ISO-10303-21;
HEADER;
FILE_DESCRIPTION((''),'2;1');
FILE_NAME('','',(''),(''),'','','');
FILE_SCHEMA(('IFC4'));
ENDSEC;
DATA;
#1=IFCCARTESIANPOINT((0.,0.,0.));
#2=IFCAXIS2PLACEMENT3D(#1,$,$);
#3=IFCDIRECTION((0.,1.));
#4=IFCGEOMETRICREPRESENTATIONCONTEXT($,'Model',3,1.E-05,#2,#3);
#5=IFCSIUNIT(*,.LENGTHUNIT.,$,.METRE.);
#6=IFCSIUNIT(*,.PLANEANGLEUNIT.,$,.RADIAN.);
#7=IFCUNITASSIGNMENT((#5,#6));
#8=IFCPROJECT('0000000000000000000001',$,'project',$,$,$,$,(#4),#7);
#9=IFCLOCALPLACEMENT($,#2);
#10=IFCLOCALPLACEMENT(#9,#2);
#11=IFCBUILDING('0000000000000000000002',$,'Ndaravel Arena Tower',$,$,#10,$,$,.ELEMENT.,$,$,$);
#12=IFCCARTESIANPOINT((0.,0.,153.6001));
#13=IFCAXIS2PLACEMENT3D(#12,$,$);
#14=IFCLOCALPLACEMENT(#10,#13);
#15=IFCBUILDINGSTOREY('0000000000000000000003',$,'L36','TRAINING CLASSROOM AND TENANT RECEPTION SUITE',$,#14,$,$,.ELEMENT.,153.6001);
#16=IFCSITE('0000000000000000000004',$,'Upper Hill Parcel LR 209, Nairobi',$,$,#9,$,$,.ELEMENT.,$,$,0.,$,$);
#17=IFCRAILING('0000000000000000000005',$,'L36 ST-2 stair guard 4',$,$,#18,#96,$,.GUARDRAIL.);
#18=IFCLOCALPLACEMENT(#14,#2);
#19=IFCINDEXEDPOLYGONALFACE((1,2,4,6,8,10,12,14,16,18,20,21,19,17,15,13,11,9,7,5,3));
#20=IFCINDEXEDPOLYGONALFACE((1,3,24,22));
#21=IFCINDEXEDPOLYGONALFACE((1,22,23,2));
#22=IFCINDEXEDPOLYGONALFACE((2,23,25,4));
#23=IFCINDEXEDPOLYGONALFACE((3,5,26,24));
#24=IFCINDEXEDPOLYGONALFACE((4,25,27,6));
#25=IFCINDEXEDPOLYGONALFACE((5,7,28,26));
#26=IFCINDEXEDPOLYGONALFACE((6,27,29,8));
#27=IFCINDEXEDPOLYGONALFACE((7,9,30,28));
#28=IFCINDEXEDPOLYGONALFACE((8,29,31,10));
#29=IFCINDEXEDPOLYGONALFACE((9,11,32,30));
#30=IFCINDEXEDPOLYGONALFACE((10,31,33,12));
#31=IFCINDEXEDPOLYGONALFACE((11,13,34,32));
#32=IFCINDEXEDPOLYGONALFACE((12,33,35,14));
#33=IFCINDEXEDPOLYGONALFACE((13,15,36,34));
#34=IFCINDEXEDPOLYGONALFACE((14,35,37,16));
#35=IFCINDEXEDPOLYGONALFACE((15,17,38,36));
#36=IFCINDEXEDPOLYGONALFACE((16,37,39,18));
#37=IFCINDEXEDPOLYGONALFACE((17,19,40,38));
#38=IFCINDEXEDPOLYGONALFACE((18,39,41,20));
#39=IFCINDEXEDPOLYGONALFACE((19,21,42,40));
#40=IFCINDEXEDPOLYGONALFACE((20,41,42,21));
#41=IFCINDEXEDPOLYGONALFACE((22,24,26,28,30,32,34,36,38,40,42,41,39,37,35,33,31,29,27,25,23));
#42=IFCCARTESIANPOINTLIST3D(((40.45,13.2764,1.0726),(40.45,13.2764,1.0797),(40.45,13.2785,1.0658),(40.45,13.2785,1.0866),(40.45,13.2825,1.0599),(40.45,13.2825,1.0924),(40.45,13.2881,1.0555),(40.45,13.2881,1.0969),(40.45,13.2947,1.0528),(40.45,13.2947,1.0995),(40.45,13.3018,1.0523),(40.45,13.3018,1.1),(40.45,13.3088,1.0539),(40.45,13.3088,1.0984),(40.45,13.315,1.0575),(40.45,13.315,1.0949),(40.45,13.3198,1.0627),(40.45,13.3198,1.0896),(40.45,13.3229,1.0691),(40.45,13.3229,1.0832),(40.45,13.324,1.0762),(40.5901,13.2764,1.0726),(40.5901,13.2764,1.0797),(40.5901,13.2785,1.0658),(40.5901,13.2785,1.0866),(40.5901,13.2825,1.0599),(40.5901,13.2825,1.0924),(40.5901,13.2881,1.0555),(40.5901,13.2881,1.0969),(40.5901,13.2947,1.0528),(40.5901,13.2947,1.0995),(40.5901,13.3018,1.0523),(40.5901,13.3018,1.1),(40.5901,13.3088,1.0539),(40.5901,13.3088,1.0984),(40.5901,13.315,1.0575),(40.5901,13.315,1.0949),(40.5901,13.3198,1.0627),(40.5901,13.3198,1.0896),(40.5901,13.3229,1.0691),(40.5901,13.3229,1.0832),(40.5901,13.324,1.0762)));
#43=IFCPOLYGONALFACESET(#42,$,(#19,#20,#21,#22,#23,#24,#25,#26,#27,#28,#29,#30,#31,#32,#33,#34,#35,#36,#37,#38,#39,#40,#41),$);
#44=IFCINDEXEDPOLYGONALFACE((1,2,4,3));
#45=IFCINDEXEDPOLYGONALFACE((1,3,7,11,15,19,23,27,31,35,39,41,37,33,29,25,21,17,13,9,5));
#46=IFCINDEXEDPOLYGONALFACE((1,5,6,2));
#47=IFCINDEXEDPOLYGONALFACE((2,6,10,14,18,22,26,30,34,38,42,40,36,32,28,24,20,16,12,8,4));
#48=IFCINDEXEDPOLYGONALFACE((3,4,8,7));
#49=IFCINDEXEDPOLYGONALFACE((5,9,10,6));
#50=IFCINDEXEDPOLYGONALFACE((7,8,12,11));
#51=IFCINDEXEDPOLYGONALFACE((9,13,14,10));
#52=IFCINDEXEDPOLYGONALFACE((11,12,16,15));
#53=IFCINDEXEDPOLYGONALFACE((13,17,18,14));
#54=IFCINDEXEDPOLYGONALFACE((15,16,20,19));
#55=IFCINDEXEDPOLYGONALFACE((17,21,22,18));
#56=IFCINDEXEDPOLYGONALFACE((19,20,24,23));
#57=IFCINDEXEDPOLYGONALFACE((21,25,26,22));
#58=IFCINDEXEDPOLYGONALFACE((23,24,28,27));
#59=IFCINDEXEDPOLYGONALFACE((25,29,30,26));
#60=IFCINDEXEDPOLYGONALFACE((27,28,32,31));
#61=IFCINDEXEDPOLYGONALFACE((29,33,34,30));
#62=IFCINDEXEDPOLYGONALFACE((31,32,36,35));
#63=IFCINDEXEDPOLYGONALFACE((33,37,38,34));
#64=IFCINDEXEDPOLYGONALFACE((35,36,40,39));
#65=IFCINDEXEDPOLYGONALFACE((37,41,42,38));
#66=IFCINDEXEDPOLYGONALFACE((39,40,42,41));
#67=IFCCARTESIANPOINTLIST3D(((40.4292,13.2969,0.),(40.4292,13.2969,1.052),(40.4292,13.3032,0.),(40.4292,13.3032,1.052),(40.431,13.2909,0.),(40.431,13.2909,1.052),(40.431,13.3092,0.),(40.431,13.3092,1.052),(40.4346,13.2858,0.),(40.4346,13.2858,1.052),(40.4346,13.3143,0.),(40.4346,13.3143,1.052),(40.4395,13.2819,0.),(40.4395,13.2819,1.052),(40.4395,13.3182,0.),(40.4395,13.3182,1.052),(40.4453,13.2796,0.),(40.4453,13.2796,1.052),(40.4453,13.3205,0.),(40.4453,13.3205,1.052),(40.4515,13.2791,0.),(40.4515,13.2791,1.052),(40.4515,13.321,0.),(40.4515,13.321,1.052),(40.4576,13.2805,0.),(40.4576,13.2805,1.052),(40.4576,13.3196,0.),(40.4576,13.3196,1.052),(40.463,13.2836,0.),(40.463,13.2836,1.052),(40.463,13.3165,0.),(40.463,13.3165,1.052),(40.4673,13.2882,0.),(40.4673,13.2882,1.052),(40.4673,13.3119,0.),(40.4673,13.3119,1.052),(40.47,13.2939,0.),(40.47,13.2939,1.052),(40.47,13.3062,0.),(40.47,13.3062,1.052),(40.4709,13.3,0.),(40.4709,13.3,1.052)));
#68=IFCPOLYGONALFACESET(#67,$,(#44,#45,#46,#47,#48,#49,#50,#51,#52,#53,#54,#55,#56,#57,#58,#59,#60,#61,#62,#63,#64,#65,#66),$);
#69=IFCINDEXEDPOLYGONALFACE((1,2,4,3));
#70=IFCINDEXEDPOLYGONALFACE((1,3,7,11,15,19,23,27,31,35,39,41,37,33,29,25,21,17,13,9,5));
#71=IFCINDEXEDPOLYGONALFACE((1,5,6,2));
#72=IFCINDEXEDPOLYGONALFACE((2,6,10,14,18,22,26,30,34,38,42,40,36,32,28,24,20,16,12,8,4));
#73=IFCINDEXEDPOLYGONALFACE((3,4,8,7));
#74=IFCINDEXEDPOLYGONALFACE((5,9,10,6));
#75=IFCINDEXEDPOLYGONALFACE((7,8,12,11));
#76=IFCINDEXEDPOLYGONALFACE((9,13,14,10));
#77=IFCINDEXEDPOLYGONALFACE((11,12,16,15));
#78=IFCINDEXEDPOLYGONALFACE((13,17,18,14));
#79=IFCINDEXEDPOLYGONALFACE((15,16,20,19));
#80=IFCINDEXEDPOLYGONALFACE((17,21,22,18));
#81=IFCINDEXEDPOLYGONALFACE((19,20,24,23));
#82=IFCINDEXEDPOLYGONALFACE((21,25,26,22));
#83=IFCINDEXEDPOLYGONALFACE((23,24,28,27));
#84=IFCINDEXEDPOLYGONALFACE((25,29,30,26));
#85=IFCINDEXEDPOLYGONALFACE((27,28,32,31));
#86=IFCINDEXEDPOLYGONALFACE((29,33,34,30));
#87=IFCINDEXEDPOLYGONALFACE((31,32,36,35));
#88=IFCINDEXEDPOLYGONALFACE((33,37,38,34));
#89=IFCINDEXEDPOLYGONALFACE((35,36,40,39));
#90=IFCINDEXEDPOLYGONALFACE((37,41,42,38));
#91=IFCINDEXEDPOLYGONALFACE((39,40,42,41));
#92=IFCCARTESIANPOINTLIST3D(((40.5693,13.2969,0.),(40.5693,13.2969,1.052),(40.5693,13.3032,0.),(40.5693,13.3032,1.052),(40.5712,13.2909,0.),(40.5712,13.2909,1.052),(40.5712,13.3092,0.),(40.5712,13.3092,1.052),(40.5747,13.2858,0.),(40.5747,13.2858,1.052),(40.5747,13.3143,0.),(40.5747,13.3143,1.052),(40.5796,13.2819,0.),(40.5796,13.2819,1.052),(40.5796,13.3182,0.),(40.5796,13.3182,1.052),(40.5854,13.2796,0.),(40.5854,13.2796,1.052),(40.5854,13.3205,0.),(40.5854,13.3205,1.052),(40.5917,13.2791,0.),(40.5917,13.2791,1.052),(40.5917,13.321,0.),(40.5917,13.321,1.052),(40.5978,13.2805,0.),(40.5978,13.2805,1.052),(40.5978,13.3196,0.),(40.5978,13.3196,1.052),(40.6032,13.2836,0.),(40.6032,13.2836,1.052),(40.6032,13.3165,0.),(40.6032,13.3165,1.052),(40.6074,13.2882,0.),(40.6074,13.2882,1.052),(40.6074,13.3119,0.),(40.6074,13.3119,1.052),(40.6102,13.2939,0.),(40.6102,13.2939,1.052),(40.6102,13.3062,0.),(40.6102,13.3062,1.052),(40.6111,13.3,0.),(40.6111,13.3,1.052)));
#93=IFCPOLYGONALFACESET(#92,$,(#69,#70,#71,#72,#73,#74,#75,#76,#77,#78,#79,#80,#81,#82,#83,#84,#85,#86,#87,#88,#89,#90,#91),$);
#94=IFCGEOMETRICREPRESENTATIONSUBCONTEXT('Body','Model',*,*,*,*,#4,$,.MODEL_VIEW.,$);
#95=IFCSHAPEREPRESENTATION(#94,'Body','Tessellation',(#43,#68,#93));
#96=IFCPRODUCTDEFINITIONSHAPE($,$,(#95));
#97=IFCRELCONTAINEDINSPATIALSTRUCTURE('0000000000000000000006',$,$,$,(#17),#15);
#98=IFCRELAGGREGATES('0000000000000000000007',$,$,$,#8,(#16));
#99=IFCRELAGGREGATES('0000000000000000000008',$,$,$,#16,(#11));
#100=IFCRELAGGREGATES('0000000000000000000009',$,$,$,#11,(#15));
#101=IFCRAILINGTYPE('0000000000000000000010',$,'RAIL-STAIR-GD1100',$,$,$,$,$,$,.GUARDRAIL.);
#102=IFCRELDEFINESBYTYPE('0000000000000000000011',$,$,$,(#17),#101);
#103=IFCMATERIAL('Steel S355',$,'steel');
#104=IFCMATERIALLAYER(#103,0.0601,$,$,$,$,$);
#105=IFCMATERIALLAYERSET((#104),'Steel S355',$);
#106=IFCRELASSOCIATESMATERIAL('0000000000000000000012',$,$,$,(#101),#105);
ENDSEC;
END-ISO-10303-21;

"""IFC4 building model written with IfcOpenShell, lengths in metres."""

from ifc_helpers import new_model, si_unit, direction, frame, origin, origin_2d, place, context, subcontext, project, spatial, circle, extrude, material, layer, layer_set, type_object, element, save


model = new_model("IFC4")

# Units and contexts
model_context = context("Model", 3, precision=1e-05, world=origin(), true_north=direction((0.0, 1.0)))
body_context = subcontext(model_context, "Body", "Model", "MODEL_VIEW")
ifc_project = project(units=[si_unit("LENGTHUNIT", "METRE"), si_unit("PLANEANGLEUNIT", "RADIAN")], contexts=[model_context])

# Site, building, storey
site_placement = place(None, origin())
site = spatial("IfcSite", under=ifc_project, at=site_placement, Name="Upper Hill Parcel LR 209, Nairobi", CompositionType="ELEMENT", RefElevation=0.0)
building_placement = place(site_placement, origin())
building = spatial("IfcBuilding", under=site, at=building_placement, Name="Ndaravel Arena Tower", CompositionType="ELEMENT")
storey_placement = place(building_placement, frame((0.0, 0.0, 153.6001)))
storey = spatial("IfcBuildingStorey", under=building, at=storey_placement, Name="L36", Description="TRAINING CLASSROOM AND TENANT RECEPTION SUITE", CompositionType="ELEMENT", Elevation=153.6001)

# Railing
ifc_material_1 = material(Name="Steel S355", Category="steel")
ifc_layer_1 = layer(ifc_material_1, 0.0601)
ifc_layer_set_1 = layer_set([ifc_layer_1], Name="Steel S355")
railing_type_1 = type_object("IfcRailingType", Name="RAIL-STAIR-GD1100", PredefinedType="GUARDRAIL", material=ifc_layer_set_1)
railing_1_placement = place(storey_placement, frame((40.45, 13.3, 0.0)))
element("IfcRailing", 1, at=railing_1_placement, inside=storey, type_object=railing_type_1, Name="L36 ST-2 stair guard 4", PredefinedType="GUARDRAIL", context=body_context, shape_type="SweptSolid", body=[
    extrude(circle(Radius=0.0239, at=origin_2d()), frame((0.0, 0.0, 1.0762), z_axis=(1.0, 0.0, 0.0), x_axis=(0.0, 1.0, 0.0)), (0.0, 0.0, 1.0), 0.1401),
    extrude(circle(Radius=0.021, at=origin_2d()), origin(), (0.0, 0.0, 1.0), 1.052),
    extrude(circle(Radius=0.021, at=origin_2d()), frame((0.1401, 0.0, 0.0)), (0.0, 0.0, 1.0), 1.052),
])

save(model, "model.ifc")
